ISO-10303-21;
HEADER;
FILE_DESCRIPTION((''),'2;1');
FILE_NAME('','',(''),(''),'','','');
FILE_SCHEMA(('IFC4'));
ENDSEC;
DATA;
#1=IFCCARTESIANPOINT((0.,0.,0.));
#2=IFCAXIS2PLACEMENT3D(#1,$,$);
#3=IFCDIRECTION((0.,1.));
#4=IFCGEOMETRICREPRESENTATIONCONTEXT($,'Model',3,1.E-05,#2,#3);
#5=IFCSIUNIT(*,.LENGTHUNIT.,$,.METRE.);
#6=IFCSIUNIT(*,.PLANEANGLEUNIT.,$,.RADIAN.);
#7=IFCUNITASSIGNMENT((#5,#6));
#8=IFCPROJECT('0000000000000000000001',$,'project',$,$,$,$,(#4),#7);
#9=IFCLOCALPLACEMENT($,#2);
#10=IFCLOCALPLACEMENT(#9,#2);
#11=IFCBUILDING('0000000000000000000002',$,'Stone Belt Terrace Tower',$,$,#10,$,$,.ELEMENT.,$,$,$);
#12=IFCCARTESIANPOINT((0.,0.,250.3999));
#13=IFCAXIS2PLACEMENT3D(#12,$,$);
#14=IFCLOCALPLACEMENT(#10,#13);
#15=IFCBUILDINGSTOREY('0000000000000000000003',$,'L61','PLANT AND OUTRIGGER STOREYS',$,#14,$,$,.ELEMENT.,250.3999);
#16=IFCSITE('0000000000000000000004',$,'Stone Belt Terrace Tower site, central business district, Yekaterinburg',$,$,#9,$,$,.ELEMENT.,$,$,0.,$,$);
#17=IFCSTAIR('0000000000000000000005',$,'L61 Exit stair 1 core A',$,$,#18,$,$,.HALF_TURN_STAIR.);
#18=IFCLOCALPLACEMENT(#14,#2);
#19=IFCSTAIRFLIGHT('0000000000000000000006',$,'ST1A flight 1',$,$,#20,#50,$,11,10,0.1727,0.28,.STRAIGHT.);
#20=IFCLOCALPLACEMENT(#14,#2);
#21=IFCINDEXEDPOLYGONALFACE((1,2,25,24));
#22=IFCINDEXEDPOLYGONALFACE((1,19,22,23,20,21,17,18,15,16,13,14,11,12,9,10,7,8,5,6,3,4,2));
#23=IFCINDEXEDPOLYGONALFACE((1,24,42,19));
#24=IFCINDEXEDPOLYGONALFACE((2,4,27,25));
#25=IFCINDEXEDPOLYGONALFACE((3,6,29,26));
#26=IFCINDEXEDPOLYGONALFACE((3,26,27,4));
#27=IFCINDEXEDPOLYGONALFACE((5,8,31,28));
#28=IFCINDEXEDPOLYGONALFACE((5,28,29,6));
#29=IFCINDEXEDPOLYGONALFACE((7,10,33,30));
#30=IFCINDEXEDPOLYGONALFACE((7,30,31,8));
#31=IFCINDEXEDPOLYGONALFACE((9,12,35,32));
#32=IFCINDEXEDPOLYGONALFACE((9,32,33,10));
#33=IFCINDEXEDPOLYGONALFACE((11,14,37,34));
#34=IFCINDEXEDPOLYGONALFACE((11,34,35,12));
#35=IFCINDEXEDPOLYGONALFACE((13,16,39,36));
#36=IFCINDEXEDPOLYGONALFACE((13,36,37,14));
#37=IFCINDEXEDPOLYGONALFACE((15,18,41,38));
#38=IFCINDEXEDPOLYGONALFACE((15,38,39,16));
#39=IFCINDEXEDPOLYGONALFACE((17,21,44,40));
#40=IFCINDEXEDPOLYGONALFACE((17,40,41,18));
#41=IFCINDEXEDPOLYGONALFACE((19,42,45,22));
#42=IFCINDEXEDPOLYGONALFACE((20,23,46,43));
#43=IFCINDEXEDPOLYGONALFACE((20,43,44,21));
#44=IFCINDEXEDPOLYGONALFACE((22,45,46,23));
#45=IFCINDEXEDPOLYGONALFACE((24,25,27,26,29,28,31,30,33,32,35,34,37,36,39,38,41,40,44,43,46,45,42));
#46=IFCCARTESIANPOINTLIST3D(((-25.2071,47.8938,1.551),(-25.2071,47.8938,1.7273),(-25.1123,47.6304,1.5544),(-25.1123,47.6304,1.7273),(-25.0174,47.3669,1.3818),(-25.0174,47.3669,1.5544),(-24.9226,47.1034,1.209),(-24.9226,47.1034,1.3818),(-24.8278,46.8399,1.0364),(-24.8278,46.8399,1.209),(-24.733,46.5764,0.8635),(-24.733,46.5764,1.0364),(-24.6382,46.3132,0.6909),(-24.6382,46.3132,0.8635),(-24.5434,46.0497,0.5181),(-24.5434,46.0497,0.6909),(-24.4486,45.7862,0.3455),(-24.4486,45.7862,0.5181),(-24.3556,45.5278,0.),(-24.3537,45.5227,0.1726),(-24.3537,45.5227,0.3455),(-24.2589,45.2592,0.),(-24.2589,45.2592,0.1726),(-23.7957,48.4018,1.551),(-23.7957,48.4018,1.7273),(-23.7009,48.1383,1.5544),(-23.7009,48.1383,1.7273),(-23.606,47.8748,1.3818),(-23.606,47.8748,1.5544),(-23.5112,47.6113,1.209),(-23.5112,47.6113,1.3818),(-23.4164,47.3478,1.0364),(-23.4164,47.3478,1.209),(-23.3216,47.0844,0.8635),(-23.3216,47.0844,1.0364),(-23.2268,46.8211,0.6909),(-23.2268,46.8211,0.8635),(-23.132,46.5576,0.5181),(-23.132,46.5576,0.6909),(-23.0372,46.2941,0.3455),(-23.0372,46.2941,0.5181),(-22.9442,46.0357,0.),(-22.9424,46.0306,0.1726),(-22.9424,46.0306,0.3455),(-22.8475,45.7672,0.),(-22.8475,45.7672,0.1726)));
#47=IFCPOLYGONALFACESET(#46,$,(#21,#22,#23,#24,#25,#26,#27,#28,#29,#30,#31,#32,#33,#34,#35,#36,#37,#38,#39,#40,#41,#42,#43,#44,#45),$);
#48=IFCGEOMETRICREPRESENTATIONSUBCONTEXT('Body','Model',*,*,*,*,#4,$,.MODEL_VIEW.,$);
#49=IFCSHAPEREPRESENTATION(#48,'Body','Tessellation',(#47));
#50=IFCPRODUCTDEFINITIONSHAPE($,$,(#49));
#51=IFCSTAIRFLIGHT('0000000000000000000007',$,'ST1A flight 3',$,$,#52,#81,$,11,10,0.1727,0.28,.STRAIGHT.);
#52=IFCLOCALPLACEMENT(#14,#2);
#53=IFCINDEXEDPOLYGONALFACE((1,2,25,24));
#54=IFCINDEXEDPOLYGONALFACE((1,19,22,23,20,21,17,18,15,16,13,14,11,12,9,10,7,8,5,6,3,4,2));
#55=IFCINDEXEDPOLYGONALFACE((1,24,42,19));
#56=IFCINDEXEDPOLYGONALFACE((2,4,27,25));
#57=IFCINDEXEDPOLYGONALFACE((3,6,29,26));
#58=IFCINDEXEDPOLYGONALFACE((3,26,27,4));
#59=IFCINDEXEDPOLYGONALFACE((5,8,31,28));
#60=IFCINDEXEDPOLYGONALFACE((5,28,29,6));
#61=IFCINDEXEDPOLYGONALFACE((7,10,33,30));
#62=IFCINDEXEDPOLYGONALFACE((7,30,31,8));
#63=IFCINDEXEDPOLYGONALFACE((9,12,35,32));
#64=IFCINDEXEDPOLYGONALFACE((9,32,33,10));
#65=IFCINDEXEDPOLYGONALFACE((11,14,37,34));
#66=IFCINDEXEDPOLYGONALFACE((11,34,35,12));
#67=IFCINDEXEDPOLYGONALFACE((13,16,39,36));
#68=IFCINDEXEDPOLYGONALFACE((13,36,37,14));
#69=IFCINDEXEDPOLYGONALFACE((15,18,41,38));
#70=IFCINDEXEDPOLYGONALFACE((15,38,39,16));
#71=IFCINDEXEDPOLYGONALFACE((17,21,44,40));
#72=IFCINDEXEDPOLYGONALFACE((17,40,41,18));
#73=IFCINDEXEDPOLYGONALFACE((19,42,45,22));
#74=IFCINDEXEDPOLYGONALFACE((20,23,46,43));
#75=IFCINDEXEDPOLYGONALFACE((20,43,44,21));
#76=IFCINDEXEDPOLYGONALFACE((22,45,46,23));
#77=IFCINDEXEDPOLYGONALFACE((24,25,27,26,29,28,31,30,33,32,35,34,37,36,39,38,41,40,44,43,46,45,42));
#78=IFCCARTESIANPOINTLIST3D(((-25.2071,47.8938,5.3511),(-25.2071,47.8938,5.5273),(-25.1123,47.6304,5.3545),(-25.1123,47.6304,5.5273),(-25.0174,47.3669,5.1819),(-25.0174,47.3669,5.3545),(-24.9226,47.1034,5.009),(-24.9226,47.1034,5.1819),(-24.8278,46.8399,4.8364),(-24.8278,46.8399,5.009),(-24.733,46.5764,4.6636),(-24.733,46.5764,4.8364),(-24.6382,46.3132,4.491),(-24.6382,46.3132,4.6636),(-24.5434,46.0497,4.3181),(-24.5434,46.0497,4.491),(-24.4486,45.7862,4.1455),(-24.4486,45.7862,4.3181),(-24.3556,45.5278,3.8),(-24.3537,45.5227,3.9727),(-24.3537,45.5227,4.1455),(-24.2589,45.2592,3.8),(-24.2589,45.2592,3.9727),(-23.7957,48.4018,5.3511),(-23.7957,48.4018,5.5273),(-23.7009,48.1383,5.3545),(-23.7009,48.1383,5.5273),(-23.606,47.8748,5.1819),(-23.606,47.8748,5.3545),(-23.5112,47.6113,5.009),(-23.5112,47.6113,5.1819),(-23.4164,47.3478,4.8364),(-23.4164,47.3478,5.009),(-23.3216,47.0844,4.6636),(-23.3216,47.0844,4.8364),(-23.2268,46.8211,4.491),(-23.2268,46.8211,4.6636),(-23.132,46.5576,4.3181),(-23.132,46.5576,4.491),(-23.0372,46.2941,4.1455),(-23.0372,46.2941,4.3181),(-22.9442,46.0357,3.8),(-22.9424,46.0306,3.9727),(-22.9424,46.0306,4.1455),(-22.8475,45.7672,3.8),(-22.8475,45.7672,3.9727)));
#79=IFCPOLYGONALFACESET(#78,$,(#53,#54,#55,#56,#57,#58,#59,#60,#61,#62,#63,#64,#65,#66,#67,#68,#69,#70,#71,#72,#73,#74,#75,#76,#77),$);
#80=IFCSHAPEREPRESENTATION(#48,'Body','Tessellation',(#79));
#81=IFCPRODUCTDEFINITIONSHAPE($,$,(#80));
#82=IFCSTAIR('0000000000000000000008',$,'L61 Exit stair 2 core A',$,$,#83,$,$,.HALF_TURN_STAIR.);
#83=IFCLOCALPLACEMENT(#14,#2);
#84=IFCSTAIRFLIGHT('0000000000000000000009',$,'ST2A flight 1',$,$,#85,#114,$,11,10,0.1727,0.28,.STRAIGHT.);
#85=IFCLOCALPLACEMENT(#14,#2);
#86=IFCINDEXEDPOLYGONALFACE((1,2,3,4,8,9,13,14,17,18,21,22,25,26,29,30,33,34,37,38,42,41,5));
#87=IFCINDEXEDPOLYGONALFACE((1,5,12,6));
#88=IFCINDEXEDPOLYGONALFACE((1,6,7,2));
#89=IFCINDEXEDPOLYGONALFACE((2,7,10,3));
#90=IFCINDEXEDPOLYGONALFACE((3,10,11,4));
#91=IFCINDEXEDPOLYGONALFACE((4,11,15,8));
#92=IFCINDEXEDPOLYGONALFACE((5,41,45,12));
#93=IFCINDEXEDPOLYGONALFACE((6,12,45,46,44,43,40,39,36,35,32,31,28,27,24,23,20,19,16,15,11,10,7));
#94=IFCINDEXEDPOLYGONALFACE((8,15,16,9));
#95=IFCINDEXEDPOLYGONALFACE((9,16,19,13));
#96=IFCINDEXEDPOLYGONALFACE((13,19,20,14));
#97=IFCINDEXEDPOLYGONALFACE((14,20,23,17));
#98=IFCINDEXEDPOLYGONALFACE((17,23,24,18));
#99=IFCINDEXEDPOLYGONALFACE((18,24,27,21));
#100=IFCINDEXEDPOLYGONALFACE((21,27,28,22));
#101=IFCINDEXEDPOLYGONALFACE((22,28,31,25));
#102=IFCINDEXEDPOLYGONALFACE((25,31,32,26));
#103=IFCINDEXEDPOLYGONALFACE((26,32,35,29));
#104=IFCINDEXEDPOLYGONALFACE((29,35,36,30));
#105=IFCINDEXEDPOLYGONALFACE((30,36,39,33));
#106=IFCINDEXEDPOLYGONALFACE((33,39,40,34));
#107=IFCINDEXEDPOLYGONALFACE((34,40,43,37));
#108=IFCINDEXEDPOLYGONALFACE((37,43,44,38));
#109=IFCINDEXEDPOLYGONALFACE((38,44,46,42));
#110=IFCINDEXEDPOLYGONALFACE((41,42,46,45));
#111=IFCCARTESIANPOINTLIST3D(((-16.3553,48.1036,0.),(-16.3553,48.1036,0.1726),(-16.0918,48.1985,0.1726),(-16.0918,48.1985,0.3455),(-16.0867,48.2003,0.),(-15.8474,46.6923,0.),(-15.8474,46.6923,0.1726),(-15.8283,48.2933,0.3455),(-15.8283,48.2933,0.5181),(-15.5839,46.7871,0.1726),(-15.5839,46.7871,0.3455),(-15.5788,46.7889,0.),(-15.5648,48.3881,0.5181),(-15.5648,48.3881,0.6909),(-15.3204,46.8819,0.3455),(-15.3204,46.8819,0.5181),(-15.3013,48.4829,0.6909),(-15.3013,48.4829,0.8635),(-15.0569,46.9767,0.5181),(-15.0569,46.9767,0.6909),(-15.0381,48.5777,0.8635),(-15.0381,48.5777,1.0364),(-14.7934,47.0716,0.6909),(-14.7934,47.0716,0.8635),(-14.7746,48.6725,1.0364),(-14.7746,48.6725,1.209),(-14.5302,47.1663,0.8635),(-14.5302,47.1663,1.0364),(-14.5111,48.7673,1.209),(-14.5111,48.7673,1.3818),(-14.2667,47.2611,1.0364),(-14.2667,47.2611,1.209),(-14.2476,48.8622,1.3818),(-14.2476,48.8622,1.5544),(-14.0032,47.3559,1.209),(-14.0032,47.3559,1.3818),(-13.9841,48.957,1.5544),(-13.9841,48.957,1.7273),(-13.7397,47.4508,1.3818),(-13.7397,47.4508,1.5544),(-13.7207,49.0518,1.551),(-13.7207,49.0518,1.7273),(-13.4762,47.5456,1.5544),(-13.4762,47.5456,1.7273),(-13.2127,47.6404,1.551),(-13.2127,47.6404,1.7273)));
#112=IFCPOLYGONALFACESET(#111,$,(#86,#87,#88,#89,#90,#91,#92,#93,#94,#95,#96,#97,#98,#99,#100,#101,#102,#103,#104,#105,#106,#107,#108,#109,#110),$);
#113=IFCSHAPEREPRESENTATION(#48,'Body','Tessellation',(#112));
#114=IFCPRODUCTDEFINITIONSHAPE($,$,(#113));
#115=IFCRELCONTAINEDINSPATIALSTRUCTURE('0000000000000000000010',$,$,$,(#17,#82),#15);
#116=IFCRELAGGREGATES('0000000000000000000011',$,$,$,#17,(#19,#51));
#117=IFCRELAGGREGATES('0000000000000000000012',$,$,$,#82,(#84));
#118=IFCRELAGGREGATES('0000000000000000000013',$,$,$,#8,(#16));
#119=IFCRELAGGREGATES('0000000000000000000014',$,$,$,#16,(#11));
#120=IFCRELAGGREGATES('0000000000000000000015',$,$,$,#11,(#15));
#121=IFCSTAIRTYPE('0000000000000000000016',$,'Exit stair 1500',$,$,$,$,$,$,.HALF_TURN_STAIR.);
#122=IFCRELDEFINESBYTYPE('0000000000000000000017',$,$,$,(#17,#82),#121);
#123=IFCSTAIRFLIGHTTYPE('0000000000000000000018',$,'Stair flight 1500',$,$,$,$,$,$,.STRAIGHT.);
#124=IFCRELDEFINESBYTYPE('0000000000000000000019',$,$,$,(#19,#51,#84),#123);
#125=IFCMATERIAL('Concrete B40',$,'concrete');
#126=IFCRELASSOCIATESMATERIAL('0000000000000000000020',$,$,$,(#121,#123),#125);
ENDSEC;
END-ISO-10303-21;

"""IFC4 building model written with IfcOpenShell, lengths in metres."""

from ifc_helpers import new_model, si_unit, direction, frame, origin, place, context, subcontext, project, spatial, polyline, outline, extrude, material, type_object, element, aggregate, save


model = new_model("IFC4")

# Units and contexts
model_context = context("Model", 3, precision=1e-05, world=origin(), true_north=direction((0.0, 1.0)))
body_context = subcontext(model_context, "Body", "Model", "MODEL_VIEW")
ifc_project = project(units=[si_unit("LENGTHUNIT", "METRE"), si_unit("PLANEANGLEUNIT", "RADIAN")], contexts=[model_context])

# Site, building, storey
site_placement = place(None, origin())
site = spatial("IfcSite", under=ifc_project, at=site_placement, Name="Stone Belt Terrace Tower site, central business district, Yekaterinburg", CompositionType="ELEMENT", RefElevation=0.0)
building_placement = place(site_placement, origin())
building = spatial("IfcBuilding", under=site, at=building_placement, Name="Stone Belt Terrace Tower", CompositionType="ELEMENT")
storey_placement = place(building_placement, frame((0.0, 0.0, 250.3999)))
storey = spatial("IfcBuildingStorey", under=building, at=storey_placement, Name="L61", Description="PLANT AND OUTRIGGER STOREYS", CompositionType="ELEMENT", Elevation=250.3999)

# Stair, stair flights
ifc_material_1 = material(Name="Concrete B40", Category="concrete")
stair_type = type_object("IfcStairType", Name="Exit stair 1500", PredefinedType="HALF_TURN_STAIR", material=ifc_material_1)
stair_1_placement = place(storey_placement, origin())
stair_1 = element("IfcStair", 1, at=stair_1_placement, inside=storey, type_object=stair_type, Name="L61 Exit stair 1 core A", PredefinedType="HALF_TURN_STAIR")
stair_flight_type = type_object("IfcStairFlightType", Name="Stair flight 1500", PredefinedType="STRAIGHT", material=ifc_material_1)
stair_flight_1_placement = place(storey_placement, frame((-23.5532, 45.5132, 0.0), z_axis=(0.0, 0.0, 1.0), x_axis=(-0.338624, 0.940922, 0.0)))
stair_flight_1 = element("IfcStairFlight", 2, at=stair_flight_1_placement, type_object=stair_flight_type, Name="ST1A flight 1", NumberOfRisers=11, NumberOfTreads=10, PredefinedType="STRAIGHT", RiserHeight=0.1727, TreadLength=0.28, context=body_context, shape_type="SweptSolid", body=[
    extrude(outline(polyline([(0.0, 0.0), (0.0, 0.1726), (0.28, 0.1726), (0.28, 0.3455), (0.5601, 0.3455), (0.5601, 0.5181), (0.8401, 0.5181), (0.8401, 0.6909), (1.1201, 0.6909), (1.1201, 0.8635), (1.3999, 0.8635), (1.3999, 1.0364), (1.6799, 1.0364), (1.6799, 1.209), (1.96, 1.209), (1.96, 1.3818), (2.24, 1.3818), (2.24, 1.5544), (2.52, 1.5544), (2.52, 1.7273), (2.8, 1.7273), (2.8, 1.8999), (2.8, 1.551), (0.2854, 0.0), (0.0, 0.0)])), frame((0.0, 0.75, 0.0), z_axis=(0.0, -1.0, 0.0), x_axis=(1.0, 0.0, 0.0)), (0.0, 0.0, 1.0), 1.5),
])
stair_flight_2_placement = place(storey_placement, frame((-23.5532, 45.5132, 3.8), z_axis=(0.0, 0.0, 1.0), x_axis=(-0.338624, 0.940922, 0.0)))
stair_flight_2 = element("IfcStairFlight", 3, at=stair_flight_2_placement, type_object=stair_flight_type, Name="ST1A flight 3", NumberOfRisers=11, NumberOfTreads=10, PredefinedType="STRAIGHT", RiserHeight=0.1727, TreadLength=0.28, context=body_context, shape_type="SweptSolid", body=[
    extrude(outline(polyline([(0.0, 0.0), (0.0, 0.1726), (0.28, 0.1726), (0.28, 0.3455), (0.5601, 0.3455), (0.5601, 0.5181), (0.8401, 0.5181), (0.8401, 0.6909), (1.1201, 0.6909), (1.1201, 0.8635), (1.3999, 0.8635), (1.3999, 1.0364), (1.6799, 1.0364), (1.6799, 1.209), (1.96, 1.209), (1.96, 1.3818), (2.24, 1.3818), (2.24, 1.5544), (2.52, 1.5544), (2.52, 1.7273), (2.8, 1.7273), (2.8, 1.8999), (2.8, 1.551), (0.2854, 0.0), (0.0, 0.0)])), frame((0.0, 0.75, 0.0), z_axis=(0.0, -1.0, 0.0), x_axis=(1.0, 0.0, 0.0)), (0.0, 0.0, 1.0), 1.5),
])
aggregate(stair_1, [stair_flight_1, stair_flight_2])

# Stair, stair flight
stair_2_placement = place(storey_placement, origin())
stair_2 = element("IfcStair", 4, at=stair_2_placement, inside=storey, type_object=stair_type, Name="L61 Exit stair 2 core A", PredefinedType="HALF_TURN_STAIR")
stair_flight_3_placement = place(storey_placement, frame((-16.1013, 47.3979, 0.0), z_axis=(0.0, 0.0, 1.0), x_axis=(0.940922, 0.338624, 0.0)))
stair_flight_3 = element("IfcStairFlight", 5, at=stair_flight_3_placement, type_object=stair_flight_type, Name="ST2A flight 1", NumberOfRisers=11, NumberOfTreads=10, PredefinedType="STRAIGHT", RiserHeight=0.1727, TreadLength=0.28, context=body_context, shape_type="SweptSolid", body=[
    extrude(outline(polyline([(0.0, 0.0), (0.0, 0.1726), (0.28, 0.1726), (0.28, 0.3455), (0.5601, 0.3455), (0.5601, 0.5181), (0.8401, 0.5181), (0.8401, 0.6909), (1.1201, 0.6909), (1.1201, 0.8635), (1.3999, 0.8635), (1.3999, 1.0364), (1.6799, 1.0364), (1.6799, 1.209), (1.96, 1.209), (1.96, 1.3818), (2.24, 1.3818), (2.24, 1.5544), (2.52, 1.5544), (2.52, 1.7273), (2.8, 1.7273), (2.8, 1.8999), (2.8, 1.551), (0.2854, 0.0), (0.0, 0.0)])), frame((0.0, 0.75, 0.0), z_axis=(0.0, -1.0, 0.0), x_axis=(1.0, 0.0, 0.0)), (0.0, 0.0, 1.0), 1.5),
])
aggregate(stair_2, [stair_flight_3])

save(model, "model.ifc")
